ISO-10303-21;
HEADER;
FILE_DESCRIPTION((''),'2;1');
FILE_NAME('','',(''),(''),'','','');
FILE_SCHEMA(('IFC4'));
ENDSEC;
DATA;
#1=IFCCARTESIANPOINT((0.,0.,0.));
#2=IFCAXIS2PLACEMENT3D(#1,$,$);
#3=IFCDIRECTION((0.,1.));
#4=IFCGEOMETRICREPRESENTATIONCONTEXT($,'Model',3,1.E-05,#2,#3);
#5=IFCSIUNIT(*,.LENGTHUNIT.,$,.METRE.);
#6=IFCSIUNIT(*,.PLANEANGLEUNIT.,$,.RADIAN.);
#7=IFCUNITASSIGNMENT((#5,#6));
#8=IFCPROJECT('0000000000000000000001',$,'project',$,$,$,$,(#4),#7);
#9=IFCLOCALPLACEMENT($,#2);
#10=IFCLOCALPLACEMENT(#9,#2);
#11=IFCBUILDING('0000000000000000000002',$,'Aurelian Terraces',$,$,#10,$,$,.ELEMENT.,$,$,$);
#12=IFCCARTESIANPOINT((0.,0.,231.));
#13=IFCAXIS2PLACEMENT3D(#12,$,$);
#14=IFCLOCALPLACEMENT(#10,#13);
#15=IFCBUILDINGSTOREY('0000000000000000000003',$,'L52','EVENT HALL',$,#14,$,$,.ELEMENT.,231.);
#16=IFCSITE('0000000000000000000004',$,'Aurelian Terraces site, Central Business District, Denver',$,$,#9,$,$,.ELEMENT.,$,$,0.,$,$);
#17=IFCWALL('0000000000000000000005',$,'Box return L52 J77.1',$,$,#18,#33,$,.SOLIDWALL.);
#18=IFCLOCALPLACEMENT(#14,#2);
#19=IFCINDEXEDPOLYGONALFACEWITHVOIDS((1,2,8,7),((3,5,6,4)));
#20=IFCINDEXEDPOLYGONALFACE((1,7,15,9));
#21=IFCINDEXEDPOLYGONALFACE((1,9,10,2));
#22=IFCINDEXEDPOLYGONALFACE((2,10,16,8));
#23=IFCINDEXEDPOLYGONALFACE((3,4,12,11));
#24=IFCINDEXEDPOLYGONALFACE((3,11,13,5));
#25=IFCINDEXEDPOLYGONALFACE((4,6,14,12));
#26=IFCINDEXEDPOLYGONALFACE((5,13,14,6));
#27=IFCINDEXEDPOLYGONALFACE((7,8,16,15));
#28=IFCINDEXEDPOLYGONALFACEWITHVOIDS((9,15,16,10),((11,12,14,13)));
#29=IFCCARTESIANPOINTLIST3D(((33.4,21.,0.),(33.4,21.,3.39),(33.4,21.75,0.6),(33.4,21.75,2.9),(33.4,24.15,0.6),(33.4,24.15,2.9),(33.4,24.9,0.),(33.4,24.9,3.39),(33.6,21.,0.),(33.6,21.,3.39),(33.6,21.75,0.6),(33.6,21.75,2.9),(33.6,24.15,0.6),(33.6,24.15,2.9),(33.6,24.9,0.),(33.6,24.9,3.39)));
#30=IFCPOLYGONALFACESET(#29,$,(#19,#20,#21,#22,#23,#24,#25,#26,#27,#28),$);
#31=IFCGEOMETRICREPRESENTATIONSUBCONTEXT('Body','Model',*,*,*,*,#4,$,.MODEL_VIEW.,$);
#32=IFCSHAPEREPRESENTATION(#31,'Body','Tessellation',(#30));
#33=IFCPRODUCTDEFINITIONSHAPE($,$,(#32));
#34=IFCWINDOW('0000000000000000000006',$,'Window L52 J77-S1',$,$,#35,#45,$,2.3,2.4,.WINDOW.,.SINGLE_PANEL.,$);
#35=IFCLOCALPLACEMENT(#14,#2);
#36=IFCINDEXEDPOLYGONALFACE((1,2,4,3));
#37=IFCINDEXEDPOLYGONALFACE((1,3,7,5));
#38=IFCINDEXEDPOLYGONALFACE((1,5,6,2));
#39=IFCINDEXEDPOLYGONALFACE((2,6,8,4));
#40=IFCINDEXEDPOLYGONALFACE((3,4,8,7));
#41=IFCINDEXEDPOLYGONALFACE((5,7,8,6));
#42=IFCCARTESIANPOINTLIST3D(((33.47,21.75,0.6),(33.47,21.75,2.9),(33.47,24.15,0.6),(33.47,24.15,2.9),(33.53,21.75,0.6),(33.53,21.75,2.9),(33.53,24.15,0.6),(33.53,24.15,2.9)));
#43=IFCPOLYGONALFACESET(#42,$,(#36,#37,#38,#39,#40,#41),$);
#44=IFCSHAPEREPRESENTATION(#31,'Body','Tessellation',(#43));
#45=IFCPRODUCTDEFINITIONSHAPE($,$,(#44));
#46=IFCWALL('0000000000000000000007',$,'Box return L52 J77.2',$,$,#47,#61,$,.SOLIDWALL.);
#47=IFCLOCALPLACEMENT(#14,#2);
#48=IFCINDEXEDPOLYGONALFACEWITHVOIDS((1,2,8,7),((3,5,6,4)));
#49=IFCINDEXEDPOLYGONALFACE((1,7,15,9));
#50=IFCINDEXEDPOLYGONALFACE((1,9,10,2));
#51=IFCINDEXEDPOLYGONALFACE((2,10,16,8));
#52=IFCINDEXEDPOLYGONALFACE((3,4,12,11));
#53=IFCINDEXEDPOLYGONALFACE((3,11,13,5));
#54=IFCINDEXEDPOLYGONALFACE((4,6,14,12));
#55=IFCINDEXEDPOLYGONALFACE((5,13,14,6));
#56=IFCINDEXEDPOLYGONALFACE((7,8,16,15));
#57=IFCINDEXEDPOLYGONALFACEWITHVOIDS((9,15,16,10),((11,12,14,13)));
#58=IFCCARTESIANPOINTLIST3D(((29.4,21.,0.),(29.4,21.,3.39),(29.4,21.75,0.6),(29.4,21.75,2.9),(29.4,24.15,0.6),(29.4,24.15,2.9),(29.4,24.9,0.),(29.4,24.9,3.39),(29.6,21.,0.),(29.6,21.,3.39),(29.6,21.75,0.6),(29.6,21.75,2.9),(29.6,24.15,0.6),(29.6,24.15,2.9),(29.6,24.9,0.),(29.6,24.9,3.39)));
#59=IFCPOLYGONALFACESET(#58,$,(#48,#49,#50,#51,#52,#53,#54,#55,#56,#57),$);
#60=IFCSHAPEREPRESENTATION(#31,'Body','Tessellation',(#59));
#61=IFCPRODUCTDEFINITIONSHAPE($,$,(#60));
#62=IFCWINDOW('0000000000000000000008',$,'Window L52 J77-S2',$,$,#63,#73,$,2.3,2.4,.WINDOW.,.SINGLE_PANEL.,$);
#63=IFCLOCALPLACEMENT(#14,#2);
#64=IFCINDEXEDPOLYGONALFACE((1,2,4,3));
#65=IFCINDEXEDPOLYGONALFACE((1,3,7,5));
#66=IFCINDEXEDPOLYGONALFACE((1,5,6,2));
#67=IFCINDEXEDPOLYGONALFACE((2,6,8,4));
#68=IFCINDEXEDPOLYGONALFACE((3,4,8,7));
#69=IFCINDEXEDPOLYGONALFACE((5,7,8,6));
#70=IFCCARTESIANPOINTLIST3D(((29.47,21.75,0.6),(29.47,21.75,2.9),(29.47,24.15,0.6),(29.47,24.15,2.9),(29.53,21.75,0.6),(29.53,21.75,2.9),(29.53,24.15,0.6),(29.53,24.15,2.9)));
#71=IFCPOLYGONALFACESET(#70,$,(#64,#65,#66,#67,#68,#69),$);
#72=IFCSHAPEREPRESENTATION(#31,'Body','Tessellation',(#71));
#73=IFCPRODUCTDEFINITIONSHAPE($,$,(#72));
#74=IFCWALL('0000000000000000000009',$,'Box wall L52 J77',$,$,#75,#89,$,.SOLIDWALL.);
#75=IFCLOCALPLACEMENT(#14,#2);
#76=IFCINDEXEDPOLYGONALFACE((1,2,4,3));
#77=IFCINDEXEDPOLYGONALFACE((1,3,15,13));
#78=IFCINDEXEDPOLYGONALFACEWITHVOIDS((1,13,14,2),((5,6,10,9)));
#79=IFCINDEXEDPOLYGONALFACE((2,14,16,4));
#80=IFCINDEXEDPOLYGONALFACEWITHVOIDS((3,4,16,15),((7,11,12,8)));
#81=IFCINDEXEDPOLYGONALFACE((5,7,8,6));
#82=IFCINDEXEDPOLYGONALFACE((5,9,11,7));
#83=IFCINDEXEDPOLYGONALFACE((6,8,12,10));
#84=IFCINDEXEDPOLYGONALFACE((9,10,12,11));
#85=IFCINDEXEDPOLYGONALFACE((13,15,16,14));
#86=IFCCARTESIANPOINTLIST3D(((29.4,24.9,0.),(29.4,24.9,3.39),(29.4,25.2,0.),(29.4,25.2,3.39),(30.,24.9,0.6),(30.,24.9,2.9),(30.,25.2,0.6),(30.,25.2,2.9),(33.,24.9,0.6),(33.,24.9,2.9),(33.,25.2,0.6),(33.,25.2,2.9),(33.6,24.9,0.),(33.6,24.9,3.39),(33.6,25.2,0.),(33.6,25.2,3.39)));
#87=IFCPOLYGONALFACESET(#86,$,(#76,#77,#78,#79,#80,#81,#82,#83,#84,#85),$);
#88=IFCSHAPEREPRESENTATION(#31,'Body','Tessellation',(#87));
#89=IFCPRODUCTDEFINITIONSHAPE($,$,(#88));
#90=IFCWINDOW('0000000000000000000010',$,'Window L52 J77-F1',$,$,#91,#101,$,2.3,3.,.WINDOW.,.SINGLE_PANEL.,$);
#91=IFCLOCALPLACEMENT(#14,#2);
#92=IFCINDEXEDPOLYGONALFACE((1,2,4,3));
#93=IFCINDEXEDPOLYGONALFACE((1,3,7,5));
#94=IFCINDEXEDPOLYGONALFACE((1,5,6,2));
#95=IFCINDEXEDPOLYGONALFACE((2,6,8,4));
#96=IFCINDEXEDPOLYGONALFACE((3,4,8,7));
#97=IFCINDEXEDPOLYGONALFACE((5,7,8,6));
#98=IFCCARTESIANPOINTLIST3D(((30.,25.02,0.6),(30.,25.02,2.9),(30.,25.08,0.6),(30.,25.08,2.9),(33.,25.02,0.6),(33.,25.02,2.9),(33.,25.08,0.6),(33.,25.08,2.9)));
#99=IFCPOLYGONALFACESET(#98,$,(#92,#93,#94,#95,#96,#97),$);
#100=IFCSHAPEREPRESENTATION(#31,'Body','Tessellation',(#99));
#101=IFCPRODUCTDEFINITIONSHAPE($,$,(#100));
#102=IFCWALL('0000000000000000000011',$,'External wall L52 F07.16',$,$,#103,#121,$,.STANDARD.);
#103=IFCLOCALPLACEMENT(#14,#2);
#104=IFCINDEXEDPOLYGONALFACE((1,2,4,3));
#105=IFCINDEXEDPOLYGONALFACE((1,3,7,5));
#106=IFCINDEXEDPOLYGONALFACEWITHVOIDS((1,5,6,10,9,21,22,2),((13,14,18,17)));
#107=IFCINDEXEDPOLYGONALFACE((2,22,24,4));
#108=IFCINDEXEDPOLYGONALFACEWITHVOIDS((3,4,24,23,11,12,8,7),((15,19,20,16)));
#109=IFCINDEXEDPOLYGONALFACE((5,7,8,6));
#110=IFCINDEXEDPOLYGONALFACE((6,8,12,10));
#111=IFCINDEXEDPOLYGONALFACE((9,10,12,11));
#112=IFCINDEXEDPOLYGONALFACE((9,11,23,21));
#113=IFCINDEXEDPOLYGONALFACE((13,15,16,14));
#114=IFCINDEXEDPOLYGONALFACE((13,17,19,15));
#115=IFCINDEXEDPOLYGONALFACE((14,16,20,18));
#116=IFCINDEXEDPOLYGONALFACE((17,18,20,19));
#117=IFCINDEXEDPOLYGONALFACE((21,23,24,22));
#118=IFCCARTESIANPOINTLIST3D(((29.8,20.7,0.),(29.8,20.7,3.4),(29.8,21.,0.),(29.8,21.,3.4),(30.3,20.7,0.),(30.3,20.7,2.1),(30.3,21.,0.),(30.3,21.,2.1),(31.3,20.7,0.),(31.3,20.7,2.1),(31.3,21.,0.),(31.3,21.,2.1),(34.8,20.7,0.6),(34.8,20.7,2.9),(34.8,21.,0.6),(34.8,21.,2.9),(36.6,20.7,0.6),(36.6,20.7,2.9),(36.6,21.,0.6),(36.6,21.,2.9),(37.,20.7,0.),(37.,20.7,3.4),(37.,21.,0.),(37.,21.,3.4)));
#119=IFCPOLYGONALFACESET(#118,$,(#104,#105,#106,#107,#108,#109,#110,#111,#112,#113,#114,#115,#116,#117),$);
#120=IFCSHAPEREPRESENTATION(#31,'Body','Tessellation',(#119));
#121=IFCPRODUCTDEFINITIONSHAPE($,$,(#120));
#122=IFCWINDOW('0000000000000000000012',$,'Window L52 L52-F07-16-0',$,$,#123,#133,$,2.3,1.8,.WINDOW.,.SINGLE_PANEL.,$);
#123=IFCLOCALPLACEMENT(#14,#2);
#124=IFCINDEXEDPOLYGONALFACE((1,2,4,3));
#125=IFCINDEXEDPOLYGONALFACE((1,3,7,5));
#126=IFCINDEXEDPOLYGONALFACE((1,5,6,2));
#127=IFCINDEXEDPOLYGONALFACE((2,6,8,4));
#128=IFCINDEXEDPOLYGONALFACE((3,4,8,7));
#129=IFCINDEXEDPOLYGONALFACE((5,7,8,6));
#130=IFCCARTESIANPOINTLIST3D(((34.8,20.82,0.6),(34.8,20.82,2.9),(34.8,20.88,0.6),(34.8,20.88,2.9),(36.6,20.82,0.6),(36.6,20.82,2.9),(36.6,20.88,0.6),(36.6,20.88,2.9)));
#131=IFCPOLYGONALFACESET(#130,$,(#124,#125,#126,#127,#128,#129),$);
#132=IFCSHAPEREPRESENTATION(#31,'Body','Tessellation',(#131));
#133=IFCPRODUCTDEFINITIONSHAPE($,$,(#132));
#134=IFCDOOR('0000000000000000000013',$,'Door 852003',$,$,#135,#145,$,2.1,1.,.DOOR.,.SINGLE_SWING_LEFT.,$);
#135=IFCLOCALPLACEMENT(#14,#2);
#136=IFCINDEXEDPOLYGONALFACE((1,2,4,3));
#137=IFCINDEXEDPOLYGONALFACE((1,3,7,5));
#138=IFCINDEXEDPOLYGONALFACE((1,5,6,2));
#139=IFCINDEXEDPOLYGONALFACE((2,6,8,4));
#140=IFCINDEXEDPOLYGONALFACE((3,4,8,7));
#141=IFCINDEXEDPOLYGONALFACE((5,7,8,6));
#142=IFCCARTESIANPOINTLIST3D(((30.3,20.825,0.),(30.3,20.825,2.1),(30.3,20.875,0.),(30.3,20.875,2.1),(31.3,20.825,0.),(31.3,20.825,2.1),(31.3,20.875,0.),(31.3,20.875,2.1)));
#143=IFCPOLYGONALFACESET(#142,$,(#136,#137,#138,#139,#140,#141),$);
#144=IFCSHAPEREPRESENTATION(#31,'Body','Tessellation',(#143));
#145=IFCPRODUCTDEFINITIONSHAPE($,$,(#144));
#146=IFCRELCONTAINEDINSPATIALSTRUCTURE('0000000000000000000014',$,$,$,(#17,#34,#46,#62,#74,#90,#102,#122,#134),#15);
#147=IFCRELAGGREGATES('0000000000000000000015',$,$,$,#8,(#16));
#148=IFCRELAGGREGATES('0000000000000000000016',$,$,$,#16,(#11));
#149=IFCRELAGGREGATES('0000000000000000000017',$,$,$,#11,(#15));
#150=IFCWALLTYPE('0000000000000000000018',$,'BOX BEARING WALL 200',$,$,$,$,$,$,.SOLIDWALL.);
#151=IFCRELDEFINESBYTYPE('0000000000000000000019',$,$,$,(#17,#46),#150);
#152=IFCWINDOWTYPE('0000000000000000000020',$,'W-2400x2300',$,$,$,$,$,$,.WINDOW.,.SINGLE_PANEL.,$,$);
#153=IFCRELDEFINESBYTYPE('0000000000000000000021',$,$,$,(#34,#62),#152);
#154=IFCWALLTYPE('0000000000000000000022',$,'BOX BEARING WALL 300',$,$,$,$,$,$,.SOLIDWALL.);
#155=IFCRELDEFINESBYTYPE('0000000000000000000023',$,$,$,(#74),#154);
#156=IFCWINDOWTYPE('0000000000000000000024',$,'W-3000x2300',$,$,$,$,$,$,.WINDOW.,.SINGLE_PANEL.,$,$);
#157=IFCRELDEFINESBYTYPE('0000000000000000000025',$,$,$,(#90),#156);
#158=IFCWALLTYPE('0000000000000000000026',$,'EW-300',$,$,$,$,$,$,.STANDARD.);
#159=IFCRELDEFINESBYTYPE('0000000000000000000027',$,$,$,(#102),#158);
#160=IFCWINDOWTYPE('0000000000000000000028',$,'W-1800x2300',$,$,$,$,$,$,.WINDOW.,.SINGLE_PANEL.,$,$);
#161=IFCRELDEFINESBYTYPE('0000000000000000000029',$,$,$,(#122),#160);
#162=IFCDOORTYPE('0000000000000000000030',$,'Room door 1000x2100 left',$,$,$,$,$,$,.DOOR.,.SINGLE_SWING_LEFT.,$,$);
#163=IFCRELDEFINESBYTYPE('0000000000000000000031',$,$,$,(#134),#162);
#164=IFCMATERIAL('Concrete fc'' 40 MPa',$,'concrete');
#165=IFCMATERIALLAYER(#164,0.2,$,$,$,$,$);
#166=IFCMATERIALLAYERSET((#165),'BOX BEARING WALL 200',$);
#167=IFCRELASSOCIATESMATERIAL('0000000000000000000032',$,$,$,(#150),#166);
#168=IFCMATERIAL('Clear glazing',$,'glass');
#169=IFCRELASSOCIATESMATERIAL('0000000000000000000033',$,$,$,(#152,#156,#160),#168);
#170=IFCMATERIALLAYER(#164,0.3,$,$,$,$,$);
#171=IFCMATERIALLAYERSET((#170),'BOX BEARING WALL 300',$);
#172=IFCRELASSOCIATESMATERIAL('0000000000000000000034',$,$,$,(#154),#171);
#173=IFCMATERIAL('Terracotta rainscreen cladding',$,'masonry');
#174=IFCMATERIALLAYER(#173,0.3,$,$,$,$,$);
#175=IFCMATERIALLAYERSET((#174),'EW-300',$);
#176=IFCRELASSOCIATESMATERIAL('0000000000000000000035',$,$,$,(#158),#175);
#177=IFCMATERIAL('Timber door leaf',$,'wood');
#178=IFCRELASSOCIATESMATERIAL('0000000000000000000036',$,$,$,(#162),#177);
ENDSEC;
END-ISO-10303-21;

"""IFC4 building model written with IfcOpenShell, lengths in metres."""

from ifc_helpers import new_model, si_unit, direction, frame, frame_2d, origin, place, context, subcontext, project, spatial, rectangle, extrude, source, transform, mapped, material, layer, layer_set, type_object, element, fill, save


model = new_model("IFC4")

# Units and contexts
model_context = context("Model", 3, precision=1e-05, world=origin(), true_north=direction((0.0, 1.0)))
body_context = subcontext(model_context, "Body", "Model", "MODEL_VIEW")
ifc_project = project(units=[si_unit("LENGTHUNIT", "METRE"), si_unit("PLANEANGLEUNIT", "RADIAN")], contexts=[model_context])

# Site, building, storey
site_placement = place(None, origin())
site = spatial("IfcSite", under=ifc_project, at=site_placement, Name="Aurelian Terraces site, Central Business District, Denver", CompositionType="ELEMENT", RefElevation=0.0)
building_placement = place(site_placement, origin())
building = spatial("IfcBuilding", under=site, at=building_placement, Name="Aurelian Terraces", CompositionType="ELEMENT")
storey_placement = place(building_placement, frame((0.0, 0.0, 231.0)))
storey = spatial("IfcBuildingStorey", under=building, at=storey_placement, Name="L52", Description="EVENT HALL", CompositionType="ELEMENT", Elevation=231.0)

# Walls, openings, windows
ifc_material_1 = material(Name="Concrete fc' 40 MPa", Category="concrete")
ifc_layer_1 = layer(ifc_material_1, 0.2)
ifc_layer_set_1 = layer_set([ifc_layer_1], Name="BOX BEARING WALL 200")
wall_type_1 = type_object("IfcWallType", Name="BOX BEARING WALL 200", PredefinedType="SOLIDWALL", material=ifc_layer_set_1)
shared_shape_1 = source(origin(), body_context, "Body", "SweptSolid", [
    extrude(rectangle(XDim=3.9, YDim=0.2, at=frame_2d((1.95, 0.0))), origin(), (0.0, 0.0, 1.0), 3.39),
])
wall_1_placement = place(storey_placement, frame((33.5, 21.0, 0.0), z_axis=(0.0, 0.0, 1.0), x_axis=(0.0, 1.0, 0.0)))
wall_1 = element("IfcWall", 1, at=wall_1_placement, inside=storey, type_object=wall_type_1, Name="Box return L52 J77.1", PredefinedType="SOLIDWALL", context=body_context, shape_type="MappedRepresentation", body=[
    mapped(shared_shape_1, transform((0.0, 0.0, 0.0), scale=1.0)),
])
shared_shape_2 = source(origin(), body_context, "Body", "SweptSolid", [
    extrude(rectangle(XDim=2.4, YDim=2.3, at=frame_2d((1.2, 1.15))), frame((0.0, 0.11, 0.0), z_axis=(0.0, -1.0, 0.0), x_axis=(1.0, 0.0, 0.0)), (0.0, 0.0, 1.0), 0.22),
])
opening_1_placement = place(wall_1_placement, frame((0.75, 0.0, 0.6)))
opening_1 = element("IfcOpeningElement", 2, at=opening_1_placement, cuts=wall_1, PredefinedType="OPENING", context=body_context, shape_type="MappedRepresentation", body=[
    mapped(shared_shape_2, transform((0.0, 0.0, 0.0), scale=1.0)),
])
ifc_material_2 = material(Name="Clear glazing", Category="glass")
window_type_1 = type_object("IfcWindowType", Name="W-2400x2300", PartitioningType="SINGLE_PANEL", PredefinedType="WINDOW", material=ifc_material_2)
shared_shape_3 = source(origin(), body_context, "Body", "SweptSolid", [
    extrude(rectangle(XDim=2.4, YDim=2.3, at=frame_2d((1.2, 1.15))), frame((0.0, 0.03, 0.0), z_axis=(0.0, -1.0, 0.0), x_axis=(1.0, 0.0, 0.0)), (0.0, 0.0, 1.0), 0.06),
])
window_1_placement = place(opening_1_placement, origin())
window_1 = element("IfcWindow", 3, at=window_1_placement, inside=storey, type_object=window_type_1, Name="Window L52 J77-S1", OverallHeight=2.3, OverallWidth=2.4, PartitioningType="SINGLE_PANEL", PredefinedType="WINDOW", context=body_context, shape_type="MappedRepresentation", body=[
    mapped(shared_shape_3, transform((0.0, 0.0, 0.0), scale=1.0)),
])
fill(opening_1, window_1)
wall_2_placement = place(storey_placement, frame((29.5, 21.0, 0.0), z_axis=(0.0, 0.0, 1.0), x_axis=(0.0, 1.0, 0.0)))
wall_2 = element("IfcWall", 4, at=wall_2_placement, inside=storey, type_object=wall_type_1, Name="Box return L52 J77.2", PredefinedType="SOLIDWALL", context=body_context, shape_type="MappedRepresentation", body=[
    mapped(shared_shape_1, transform((0.0, 0.0, 0.0), scale=1.0)),
])
opening_2_placement = place(wall_2_placement, frame((0.75, 0.0, 0.6)))
opening_2 = element("IfcOpeningElement", 5, at=opening_2_placement, cuts=wall_2, PredefinedType="OPENING", context=body_context, shape_type="MappedRepresentation", body=[
    mapped(shared_shape_2, transform((0.0, 0.0, 0.0), scale=1.0)),
])
window_2_placement = place(opening_2_placement, origin())
window_2 = element("IfcWindow", 6, at=window_2_placement, inside=storey, type_object=window_type_1, Name="Window L52 J77-S2", OverallHeight=2.3, OverallWidth=2.4, PartitioningType="SINGLE_PANEL", PredefinedType="WINDOW", context=body_context, shape_type="MappedRepresentation", body=[
    mapped(shared_shape_3, transform((0.0, 0.0, 0.0), scale=1.0)),
])
fill(opening_2, window_2)
ifc_layer_2 = layer(ifc_material_1, 0.3)
ifc_layer_set_2 = layer_set([ifc_layer_2], Name="BOX BEARING WALL 300")
wall_type_2 = type_object("IfcWallType", Name="BOX BEARING WALL 300", PredefinedType="SOLIDWALL", material=ifc_layer_set_2)
shared_shape_4 = source(origin(), body_context, "Body", "SweptSolid", [
    extrude(rectangle(XDim=4.2, YDim=0.3, at=frame_2d((2.1, 0.0))), origin(), (0.0, 0.0, 1.0), 3.39),
])
wall_3_placement = place(storey_placement, frame((33.6, 25.05, 0.0), z_axis=(0.0, 0.0, 1.0), x_axis=(-1.0, 0.0, 0.0)))
wall_3 = element("IfcWall", 7, at=wall_3_placement, inside=storey, type_object=wall_type_2, Name="Box wall L52 J77", PredefinedType="SOLIDWALL", context=body_context, shape_type="MappedRepresentation", body=[
    mapped(shared_shape_4, transform((0.0, 0.0, 0.0), scale=1.0)),
])
shared_shape_5 = source(origin(), body_context, "Body", "SweptSolid", [
    extrude(rectangle(XDim=3.0, YDim=2.3, at=frame_2d((1.5, 1.15))), frame((0.0, 0.16, 0.0), z_axis=(0.0, -1.0, 0.0), x_axis=(1.0, 0.0, 0.0)), (0.0, 0.0, 1.0), 0.32),
])
opening_3_placement = place(wall_3_placement, frame((0.6, 0.0, 0.6)))
opening_3 = element("IfcOpeningElement", 8, at=opening_3_placement, cuts=wall_3, PredefinedType="OPENING", context=body_context, shape_type="MappedRepresentation", body=[
    mapped(shared_shape_5, transform((0.0, 0.0, 0.0), scale=1.0)),
])
window_type_2 = type_object("IfcWindowType", Name="W-3000x2300", PartitioningType="SINGLE_PANEL", PredefinedType="WINDOW", material=ifc_material_2)
shared_shape_6 = source(origin(), body_context, "Body", "SweptSolid", [
    extrude(rectangle(XDim=3.0, YDim=2.3, at=frame_2d((1.5, 1.15))), frame((0.0, 0.03, 0.0), z_axis=(0.0, -1.0, 0.0), x_axis=(1.0, 0.0, 0.0)), (0.0, 0.0, 1.0), 0.06),
])
window_3_placement = place(opening_3_placement, origin())
window_3 = element("IfcWindow", 9, at=window_3_placement, inside=storey, type_object=window_type_2, Name="Window L52 J77-F1", OverallHeight=2.3, OverallWidth=3.0, PartitioningType="SINGLE_PANEL", PredefinedType="WINDOW", context=body_context, shape_type="MappedRepresentation", body=[
    mapped(shared_shape_6, transform((0.0, 0.0, 0.0), scale=1.0)),
])
fill(opening_3, window_3)

# Wall, openings, window, door
ifc_material_3 = material(Name="Terracotta rainscreen cladding", Category="masonry")
ifc_layer_3 = layer(ifc_material_3, 0.3)
ifc_layer_set_3 = layer_set([ifc_layer_3], Name="EW-300")
wall_type_3 = type_object("IfcWallType", Name="EW-300", PredefinedType="STANDARD", material=ifc_layer_set_3)
shared_shape_7 = source(origin(), body_context, "Body", "SweptSolid", [
    extrude(rectangle(XDim=7.2, YDim=0.3, at=frame_2d((3.6, 0.0))), origin(), (0.0, 0.0, 1.0), 3.4),
])
wall_4_placement = place(storey_placement, frame((37.0, 20.85, 0.0), z_axis=(0.0, 0.0, 1.0), x_axis=(-1.0, 0.0, 0.0)))
wall_4 = element("IfcWall", 10, at=wall_4_placement, inside=storey, type_object=wall_type_3, Name="External wall L52 F07.16", PredefinedType="STANDARD", context=body_context, shape_type="MappedRepresentation", body=[
    mapped(shared_shape_7, transform((0.0, 0.0, 0.0), scale=1.0)),
])
shared_shape_8 = source(origin(), body_context, "Body", "SweptSolid", [
    extrude(rectangle(XDim=1.8, YDim=2.3, at=frame_2d((0.9, 1.15))), frame((0.0, 0.16, 0.0), z_axis=(0.0, -1.0, 0.0), x_axis=(1.0, 0.0, 0.0)), (0.0, 0.0, 1.0), 0.32),
])
opening_4_placement = place(wall_4_placement, frame((0.4, 0.0, 0.6)))
opening_4 = element("IfcOpeningElement", 11, at=opening_4_placement, cuts=wall_4, PredefinedType="OPENING", context=body_context, shape_type="MappedRepresentation", body=[
    mapped(shared_shape_8, transform((0.0, 0.0, 0.0), scale=1.0)),
])
shared_shape_9 = source(origin(), body_context, "Body", "SweptSolid", [
    extrude(rectangle(XDim=1.0, YDim=2.1, at=frame_2d((0.5, 1.05))), frame((0.0, 0.16, 0.0), z_axis=(0.0, -1.0, 0.0), x_axis=(1.0, 0.0, 0.0)), (0.0, 0.0, 1.0), 0.32),
])
opening_5_placement = place(wall_4_placement, frame((5.7, 0.0, 0.0)))
opening_5 = element("IfcOpeningElement", 12, at=opening_5_placement, cuts=wall_4, PredefinedType="OPENING", context=body_context, shape_type="MappedRepresentation", body=[
    mapped(shared_shape_9, transform((0.0, 0.0, 0.0), scale=1.0)),
])
window_type_3 = type_object("IfcWindowType", Name="W-1800x2300", PartitioningType="SINGLE_PANEL", PredefinedType="WINDOW", material=ifc_material_2)
shared_shape_10 = source(origin(), body_context, "Body", "SweptSolid", [
    extrude(rectangle(XDim=1.8, YDim=2.3, at=frame_2d((0.9, 1.15))), frame((0.0, 0.03, 0.0), z_axis=(0.0, -1.0, 0.0), x_axis=(1.0, 0.0, 0.0)), (0.0, 0.0, 1.0), 0.06),
])
window_4_placement = place(opening_4_placement, origin())
window_4 = element("IfcWindow", 13, at=window_4_placement, inside=storey, type_object=window_type_3, Name="Window L52 L52-F07-16-0", OverallHeight=2.3, OverallWidth=1.8, PartitioningType="SINGLE_PANEL", PredefinedType="WINDOW", context=body_context, shape_type="MappedRepresentation", body=[
    mapped(shared_shape_10, transform((0.0, 0.0, 0.0), scale=1.0)),
])
fill(opening_4, window_4)
ifc_material_4 = material(Name="Timber door leaf", Category="wood")
door_type_1 = type_object("IfcDoorType", Name="Room door 1000x2100 left", OperationType="SINGLE_SWING_LEFT", PredefinedType="DOOR", material=ifc_material_4)
shared_shape_11 = source(origin(), body_context, "Body", "SweptSolid", [
    extrude(rectangle(XDim=1.0, YDim=2.1, at=frame_2d((0.5, 1.05))), frame((0.0, 0.025, 0.0), z_axis=(0.0, -1.0, 0.0), x_axis=(1.0, 0.0, 0.0)), (0.0, 0.0, 1.0), 0.05),
])
door_1_placement = place(opening_5_placement, origin())
door_1 = element("IfcDoor", 14, at=door_1_placement, inside=storey, type_object=door_type_1, Name="Door 852003", OperationType="SINGLE_SWING_LEFT", OverallHeight=2.1, OverallWidth=1.0, PredefinedType="DOOR", context=body_context, shape_type="MappedRepresentation", body=[
    mapped(shared_shape_11, transform((0.0, 0.0, 0.0), scale=1.0)),
])
fill(opening_5, door_1)

save(model, "model.ifc")
